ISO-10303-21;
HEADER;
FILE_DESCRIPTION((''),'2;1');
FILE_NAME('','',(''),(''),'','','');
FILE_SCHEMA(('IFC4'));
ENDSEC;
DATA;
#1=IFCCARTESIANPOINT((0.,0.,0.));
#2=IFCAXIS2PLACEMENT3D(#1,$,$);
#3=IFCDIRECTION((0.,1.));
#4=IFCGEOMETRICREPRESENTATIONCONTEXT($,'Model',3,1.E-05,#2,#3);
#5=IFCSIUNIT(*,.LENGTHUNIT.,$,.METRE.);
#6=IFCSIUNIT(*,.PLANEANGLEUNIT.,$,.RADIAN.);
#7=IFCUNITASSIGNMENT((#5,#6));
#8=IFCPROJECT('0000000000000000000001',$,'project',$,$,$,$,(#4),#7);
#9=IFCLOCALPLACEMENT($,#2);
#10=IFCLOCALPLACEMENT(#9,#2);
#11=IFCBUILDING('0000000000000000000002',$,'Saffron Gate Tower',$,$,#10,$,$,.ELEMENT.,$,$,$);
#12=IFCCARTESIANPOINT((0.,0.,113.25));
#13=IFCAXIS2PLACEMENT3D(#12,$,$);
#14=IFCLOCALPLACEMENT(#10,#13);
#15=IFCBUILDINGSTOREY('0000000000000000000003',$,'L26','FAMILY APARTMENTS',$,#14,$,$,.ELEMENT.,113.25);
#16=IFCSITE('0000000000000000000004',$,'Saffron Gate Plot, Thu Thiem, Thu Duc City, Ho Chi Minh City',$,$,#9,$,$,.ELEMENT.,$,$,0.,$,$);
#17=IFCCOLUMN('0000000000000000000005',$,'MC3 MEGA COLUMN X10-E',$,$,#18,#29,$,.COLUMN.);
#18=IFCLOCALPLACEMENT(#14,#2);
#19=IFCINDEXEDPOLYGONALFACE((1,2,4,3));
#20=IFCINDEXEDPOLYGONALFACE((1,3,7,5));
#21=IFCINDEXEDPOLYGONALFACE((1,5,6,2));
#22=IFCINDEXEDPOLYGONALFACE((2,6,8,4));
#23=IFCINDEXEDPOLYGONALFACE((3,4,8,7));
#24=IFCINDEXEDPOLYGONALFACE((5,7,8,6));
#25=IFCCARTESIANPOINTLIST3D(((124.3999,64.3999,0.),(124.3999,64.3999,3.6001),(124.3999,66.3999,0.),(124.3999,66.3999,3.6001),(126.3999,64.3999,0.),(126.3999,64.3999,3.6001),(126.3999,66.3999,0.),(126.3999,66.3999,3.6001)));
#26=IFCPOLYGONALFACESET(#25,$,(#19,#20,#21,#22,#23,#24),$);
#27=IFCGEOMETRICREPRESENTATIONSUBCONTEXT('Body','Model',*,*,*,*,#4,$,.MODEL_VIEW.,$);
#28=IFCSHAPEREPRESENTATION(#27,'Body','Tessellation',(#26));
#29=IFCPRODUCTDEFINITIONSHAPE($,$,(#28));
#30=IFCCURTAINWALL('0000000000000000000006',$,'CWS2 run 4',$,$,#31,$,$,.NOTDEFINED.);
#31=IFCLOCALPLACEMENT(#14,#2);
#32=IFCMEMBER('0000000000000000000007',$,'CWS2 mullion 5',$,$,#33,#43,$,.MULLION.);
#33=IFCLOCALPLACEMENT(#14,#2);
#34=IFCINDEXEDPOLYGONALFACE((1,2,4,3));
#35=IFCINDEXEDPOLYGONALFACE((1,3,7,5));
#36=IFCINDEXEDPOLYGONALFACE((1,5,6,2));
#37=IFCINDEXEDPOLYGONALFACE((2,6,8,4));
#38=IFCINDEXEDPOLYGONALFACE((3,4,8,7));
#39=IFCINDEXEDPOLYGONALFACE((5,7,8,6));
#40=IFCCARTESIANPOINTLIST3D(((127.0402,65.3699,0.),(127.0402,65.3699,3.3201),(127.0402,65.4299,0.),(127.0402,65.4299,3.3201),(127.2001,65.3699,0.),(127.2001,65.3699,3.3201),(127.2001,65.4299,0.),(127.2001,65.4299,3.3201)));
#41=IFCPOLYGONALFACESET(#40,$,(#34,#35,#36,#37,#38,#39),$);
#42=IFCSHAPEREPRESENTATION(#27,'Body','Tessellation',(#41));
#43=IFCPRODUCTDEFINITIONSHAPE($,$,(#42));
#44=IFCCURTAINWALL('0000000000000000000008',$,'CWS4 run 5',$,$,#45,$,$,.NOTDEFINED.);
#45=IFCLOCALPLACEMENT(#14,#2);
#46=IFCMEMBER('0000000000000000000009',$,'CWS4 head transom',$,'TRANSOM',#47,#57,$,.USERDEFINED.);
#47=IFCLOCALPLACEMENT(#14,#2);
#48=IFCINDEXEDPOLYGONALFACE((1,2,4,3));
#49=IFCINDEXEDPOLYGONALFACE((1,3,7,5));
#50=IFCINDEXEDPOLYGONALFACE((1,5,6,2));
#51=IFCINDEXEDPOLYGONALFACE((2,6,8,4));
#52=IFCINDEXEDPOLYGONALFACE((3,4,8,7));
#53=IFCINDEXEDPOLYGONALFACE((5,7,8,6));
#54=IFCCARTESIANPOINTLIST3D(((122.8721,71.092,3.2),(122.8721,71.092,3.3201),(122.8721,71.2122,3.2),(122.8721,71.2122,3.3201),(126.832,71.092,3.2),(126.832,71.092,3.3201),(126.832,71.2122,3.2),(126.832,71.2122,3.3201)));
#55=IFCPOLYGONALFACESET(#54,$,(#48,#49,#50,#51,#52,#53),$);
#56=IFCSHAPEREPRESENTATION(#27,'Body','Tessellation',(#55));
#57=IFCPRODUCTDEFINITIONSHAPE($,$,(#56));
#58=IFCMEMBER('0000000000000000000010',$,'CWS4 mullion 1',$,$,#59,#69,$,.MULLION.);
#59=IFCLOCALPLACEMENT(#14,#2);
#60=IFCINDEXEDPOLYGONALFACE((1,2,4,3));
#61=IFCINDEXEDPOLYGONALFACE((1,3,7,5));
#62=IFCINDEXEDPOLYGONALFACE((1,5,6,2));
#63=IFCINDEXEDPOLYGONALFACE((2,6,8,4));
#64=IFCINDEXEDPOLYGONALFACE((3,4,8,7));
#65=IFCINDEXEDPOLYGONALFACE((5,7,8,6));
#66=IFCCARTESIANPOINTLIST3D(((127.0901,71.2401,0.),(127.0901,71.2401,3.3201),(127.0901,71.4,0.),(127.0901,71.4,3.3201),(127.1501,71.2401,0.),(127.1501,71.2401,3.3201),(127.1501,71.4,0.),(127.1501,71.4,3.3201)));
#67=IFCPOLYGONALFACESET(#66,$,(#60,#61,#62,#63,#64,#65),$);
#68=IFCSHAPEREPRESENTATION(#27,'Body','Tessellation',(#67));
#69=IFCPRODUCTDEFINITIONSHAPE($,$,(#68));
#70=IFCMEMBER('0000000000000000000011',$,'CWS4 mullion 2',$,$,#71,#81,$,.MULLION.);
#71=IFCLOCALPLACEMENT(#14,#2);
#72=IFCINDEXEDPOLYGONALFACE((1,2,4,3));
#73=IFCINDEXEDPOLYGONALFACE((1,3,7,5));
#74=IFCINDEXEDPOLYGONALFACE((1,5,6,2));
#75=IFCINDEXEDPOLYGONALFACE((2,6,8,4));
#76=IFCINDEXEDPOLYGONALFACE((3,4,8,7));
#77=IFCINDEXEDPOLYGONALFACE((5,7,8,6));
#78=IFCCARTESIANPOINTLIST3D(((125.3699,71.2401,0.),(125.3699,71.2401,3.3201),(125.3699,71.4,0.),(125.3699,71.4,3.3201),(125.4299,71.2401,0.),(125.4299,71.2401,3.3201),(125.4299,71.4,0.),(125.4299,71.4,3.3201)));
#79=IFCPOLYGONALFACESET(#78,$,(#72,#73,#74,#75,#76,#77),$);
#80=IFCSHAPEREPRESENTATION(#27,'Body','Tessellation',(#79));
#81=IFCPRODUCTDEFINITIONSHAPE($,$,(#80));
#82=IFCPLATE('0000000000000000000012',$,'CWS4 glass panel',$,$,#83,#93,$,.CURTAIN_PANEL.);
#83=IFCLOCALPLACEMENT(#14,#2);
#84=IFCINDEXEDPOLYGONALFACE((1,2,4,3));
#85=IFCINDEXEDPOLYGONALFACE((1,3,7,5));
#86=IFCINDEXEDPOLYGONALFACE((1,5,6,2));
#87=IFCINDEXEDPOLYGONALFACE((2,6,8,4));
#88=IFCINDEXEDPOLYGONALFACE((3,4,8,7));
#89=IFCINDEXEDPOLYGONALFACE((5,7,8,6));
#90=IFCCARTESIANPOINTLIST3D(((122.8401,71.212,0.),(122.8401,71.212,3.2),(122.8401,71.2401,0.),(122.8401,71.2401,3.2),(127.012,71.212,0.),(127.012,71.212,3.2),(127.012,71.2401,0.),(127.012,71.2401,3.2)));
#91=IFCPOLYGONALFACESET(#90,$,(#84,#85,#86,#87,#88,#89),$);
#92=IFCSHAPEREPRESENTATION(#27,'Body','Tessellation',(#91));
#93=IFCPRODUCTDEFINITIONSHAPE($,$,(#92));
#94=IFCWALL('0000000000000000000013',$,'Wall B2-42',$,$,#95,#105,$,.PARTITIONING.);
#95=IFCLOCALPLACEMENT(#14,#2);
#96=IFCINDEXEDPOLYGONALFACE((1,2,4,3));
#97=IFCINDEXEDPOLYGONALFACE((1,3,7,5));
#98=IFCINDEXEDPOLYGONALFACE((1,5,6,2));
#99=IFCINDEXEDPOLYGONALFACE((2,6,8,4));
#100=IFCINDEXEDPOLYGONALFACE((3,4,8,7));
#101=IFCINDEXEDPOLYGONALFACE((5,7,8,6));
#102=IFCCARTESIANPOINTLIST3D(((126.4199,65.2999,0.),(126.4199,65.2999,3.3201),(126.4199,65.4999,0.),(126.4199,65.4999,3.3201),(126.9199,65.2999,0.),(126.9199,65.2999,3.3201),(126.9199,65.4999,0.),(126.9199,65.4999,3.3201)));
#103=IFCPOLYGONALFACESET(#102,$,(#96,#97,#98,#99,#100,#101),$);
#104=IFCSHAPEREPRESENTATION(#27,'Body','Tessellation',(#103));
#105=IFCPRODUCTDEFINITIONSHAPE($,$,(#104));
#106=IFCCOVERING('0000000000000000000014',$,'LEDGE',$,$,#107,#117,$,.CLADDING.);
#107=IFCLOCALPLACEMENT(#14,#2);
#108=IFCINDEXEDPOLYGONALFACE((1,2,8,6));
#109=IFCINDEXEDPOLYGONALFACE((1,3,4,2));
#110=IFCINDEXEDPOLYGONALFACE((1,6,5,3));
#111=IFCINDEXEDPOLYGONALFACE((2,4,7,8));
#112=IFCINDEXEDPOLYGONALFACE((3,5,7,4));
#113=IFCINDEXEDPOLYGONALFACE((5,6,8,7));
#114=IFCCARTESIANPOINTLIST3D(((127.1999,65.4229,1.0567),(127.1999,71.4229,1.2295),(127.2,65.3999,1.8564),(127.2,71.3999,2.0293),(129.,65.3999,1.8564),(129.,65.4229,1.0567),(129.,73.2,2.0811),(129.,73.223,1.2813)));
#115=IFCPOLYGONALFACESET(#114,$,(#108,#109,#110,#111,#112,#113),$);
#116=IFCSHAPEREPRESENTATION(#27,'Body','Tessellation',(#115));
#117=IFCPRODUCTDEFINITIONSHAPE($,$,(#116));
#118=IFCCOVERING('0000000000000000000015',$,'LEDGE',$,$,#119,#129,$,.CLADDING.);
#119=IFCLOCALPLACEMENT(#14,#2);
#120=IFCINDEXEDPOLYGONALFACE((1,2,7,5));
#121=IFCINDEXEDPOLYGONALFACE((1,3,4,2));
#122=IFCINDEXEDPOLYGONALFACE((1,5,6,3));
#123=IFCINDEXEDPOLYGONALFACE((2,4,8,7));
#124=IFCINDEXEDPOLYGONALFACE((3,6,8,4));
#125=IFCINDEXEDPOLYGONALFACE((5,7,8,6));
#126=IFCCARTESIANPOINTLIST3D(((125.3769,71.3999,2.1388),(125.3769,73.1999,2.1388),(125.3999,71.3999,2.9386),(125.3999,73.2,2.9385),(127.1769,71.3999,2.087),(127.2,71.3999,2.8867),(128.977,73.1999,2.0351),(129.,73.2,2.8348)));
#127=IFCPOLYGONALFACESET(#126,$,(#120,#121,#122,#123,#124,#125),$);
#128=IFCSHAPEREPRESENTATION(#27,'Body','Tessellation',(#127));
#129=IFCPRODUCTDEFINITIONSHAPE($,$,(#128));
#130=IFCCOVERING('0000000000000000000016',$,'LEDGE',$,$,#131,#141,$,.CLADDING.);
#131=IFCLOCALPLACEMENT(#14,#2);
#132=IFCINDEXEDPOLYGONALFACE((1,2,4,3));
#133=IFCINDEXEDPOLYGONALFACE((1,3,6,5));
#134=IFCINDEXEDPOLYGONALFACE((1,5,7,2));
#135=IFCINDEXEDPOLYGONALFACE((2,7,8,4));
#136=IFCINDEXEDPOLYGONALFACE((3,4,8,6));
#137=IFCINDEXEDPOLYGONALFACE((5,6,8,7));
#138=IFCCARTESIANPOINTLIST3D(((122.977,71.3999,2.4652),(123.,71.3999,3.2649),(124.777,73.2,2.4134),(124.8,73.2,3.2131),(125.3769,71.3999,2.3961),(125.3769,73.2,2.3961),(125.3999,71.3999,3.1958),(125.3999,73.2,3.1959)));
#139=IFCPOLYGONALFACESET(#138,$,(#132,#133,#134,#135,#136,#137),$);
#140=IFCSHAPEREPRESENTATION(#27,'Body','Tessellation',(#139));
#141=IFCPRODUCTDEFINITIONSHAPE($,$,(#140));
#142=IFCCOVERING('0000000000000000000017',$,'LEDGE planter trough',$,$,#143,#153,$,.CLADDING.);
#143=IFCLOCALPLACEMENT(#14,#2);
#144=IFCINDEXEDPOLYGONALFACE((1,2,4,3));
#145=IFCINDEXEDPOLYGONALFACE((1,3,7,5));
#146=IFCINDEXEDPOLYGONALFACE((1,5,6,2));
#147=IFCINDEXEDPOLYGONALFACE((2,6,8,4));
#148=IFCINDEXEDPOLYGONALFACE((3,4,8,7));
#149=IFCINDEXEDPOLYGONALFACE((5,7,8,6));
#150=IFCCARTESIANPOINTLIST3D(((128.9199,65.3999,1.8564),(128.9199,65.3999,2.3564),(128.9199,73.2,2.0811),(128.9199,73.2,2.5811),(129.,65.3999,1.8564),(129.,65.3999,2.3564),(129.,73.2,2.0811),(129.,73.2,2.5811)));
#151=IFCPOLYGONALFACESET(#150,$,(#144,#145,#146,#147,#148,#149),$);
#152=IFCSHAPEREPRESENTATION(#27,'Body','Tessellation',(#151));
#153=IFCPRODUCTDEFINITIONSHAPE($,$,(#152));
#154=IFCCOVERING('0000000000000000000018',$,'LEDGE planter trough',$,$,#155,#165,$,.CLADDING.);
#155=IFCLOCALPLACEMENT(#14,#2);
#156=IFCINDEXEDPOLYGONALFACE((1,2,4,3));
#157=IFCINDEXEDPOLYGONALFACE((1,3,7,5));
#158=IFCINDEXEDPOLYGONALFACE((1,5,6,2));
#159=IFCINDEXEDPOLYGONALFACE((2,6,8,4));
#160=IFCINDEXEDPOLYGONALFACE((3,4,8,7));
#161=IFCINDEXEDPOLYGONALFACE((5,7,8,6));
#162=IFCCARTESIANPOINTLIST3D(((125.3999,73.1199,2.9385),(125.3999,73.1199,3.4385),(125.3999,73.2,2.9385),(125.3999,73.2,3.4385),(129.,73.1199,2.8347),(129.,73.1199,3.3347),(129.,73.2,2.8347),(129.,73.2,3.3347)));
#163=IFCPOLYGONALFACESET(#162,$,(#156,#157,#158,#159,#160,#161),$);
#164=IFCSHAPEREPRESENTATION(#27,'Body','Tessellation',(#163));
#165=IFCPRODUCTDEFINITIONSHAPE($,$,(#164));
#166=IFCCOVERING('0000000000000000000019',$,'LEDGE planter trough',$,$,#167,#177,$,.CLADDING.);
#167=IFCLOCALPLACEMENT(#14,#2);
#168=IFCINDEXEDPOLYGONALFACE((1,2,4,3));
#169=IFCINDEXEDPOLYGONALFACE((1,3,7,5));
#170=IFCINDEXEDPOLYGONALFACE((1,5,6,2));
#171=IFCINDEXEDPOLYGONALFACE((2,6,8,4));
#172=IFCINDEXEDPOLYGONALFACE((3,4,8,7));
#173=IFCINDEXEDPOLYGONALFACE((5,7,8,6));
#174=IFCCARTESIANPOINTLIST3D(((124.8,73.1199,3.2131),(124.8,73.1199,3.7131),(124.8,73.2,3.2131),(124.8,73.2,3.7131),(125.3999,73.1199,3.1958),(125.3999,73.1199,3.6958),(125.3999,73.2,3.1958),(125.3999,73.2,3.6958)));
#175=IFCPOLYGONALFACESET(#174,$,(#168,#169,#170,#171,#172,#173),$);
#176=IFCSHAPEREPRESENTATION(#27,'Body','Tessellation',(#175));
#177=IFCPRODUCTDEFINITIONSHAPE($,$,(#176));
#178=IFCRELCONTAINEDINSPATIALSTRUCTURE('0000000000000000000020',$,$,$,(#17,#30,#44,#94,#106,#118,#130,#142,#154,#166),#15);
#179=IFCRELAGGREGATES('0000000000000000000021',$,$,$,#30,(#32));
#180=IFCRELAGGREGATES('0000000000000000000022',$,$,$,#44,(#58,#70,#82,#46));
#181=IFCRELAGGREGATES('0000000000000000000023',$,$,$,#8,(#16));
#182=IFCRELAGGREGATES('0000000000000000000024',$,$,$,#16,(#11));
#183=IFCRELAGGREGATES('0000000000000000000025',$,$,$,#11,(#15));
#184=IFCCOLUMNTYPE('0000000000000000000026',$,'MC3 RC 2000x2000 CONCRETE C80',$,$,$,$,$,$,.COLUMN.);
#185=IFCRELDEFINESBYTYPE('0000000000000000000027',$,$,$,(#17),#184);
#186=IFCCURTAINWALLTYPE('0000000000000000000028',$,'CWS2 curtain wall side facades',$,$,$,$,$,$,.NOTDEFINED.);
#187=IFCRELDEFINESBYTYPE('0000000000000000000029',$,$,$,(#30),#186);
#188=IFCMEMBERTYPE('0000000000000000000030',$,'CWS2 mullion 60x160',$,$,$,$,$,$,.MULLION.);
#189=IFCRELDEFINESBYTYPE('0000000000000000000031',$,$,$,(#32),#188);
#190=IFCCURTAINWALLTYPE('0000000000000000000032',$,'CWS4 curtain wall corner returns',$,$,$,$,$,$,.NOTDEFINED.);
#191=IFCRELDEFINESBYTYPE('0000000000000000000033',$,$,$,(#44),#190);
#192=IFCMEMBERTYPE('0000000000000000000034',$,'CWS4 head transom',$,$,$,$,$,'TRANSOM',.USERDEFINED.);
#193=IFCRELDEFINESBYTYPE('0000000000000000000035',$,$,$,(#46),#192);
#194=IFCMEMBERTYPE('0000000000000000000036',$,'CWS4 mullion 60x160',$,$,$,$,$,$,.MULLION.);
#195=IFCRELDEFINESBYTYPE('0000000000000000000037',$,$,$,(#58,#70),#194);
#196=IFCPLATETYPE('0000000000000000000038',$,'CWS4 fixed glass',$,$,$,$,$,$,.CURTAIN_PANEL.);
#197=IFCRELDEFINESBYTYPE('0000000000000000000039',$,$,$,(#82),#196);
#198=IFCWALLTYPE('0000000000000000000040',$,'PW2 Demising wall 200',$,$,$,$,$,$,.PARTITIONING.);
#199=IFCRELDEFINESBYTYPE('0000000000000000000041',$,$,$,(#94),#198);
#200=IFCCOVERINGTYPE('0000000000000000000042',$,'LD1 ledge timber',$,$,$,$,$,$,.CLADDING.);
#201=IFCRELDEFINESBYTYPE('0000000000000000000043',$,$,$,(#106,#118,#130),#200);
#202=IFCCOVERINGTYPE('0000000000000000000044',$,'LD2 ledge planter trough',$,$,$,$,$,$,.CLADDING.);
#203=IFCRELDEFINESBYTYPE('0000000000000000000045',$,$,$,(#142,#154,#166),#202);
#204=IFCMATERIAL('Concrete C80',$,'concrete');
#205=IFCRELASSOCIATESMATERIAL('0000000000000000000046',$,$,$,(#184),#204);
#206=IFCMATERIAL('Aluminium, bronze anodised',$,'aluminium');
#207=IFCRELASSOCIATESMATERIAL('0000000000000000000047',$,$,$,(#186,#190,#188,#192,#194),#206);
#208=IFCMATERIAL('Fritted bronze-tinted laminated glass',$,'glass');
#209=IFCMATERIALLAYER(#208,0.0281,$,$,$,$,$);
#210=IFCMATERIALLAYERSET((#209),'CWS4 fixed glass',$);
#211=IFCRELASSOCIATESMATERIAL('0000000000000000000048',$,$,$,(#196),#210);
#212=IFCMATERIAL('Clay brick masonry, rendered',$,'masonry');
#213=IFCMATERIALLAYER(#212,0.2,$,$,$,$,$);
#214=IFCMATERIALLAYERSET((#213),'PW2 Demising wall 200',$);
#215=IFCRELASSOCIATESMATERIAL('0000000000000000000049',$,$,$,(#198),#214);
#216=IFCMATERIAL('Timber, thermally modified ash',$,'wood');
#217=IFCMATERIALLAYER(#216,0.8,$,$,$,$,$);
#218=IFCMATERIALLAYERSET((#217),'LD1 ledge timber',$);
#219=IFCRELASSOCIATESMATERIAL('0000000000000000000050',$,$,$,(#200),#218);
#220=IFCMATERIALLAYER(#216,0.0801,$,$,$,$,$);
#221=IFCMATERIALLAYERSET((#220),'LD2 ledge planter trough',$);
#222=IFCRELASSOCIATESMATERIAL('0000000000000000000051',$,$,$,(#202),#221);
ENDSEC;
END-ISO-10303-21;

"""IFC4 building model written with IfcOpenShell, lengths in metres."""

from ifc_helpers import new_model, si_unit, direction, frame, frame_2d, origin, origin_2d, place, context, subcontext, project, spatial, polyline, rectangle, outline, extrude, material, layer, layer_set, material_profile, profile_set, type_object, element, aggregate, save


model = new_model("IFC4")

# Units and contexts
model_context = context("Model", 3, precision=1e-05, world=origin(), true_north=direction((0.0, 1.0)))
body_context = subcontext(model_context, "Body", "Model", "MODEL_VIEW")
ifc_project = project(units=[si_unit("LENGTHUNIT", "METRE"), si_unit("PLANEANGLEUNIT", "RADIAN")], contexts=[model_context])

# Site, building, storey
site_placement = place(None, origin())
site = spatial("IfcSite", under=ifc_project, at=site_placement, Name="Saffron Gate Plot, Thu Thiem, Thu Duc City, Ho Chi Minh City", CompositionType="ELEMENT", RefElevation=0.0)
building_placement = place(site_placement, origin())
building = spatial("IfcBuilding", under=site, at=building_placement, Name="Saffron Gate Tower", CompositionType="ELEMENT")
storey_placement = place(building_placement, frame((0.0, 0.0, 113.25)))
storey = spatial("IfcBuildingStorey", under=building, at=storey_placement, Name="L26", Description="FAMILY APARTMENTS", CompositionType="ELEMENT", Elevation=113.25)

# Column
ifc_material_1 = material(Name="Concrete C80", Category="concrete")
ifc_material_profile_1 = material_profile(ifc_material_1, rectangle(XDim=2.0, YDim=2.0, at=origin_2d()))
ifc_profile_set_1 = profile_set([ifc_material_profile_1], Name="Concrete C80")
column_type = type_object("IfcColumnType", Name="MC3 RC 2000x2000 CONCRETE C80", PredefinedType="COLUMN", material=ifc_profile_set_1)
column_placement = place(storey_placement, frame((125.3999, 65.3999, 0.0), z_axis=(0.0, 0.0, 1.0), x_axis=(1.0, 0.0, 0.0)))
element("IfcColumn", 1, at=column_placement, inside=storey, type_object=column_type, Name="MC3 MEGA COLUMN X10-E", PredefinedType="COLUMN", context=body_context, shape_type="SweptSolid", body=[
    extrude(rectangle(XDim=2.0, YDim=2.0, at=origin_2d()), origin(), (0.0, 0.0, 1.0), 3.6001),
])

# Curtain wall, member
ifc_material_2 = material(Name="Aluminium, bronze anodised", Category="aluminium")
curtain_wall_type_1 = type_object("IfcCurtainWallType", Name="CWS2 curtain wall side facades", PredefinedType="NOTDEFINED", material=ifc_material_2)
curtain_wall_1_placement = place(storey_placement, origin())
curtain_wall_1 = element("IfcCurtainWall", 2, at=curtain_wall_1_placement, inside=storey, type_object=curtain_wall_type_1, Name="CWS2 run 4", PredefinedType="NOTDEFINED")
ifc_material_profile_2 = material_profile(ifc_material_2, rectangle(XDim=0.1599, YDim=0.0601, at=origin_2d()))
ifc_profile_set_2 = profile_set([ifc_material_profile_2], Name="Aluminium, bronze anodised")
member_type_1 = type_object("IfcMemberType", Name="CWS2 mullion 60x160", PredefinedType="MULLION", material=ifc_profile_set_2)
member_1_placement = place(storey_placement, frame((127.1201, 65.3999, 0.0), z_axis=(0.0, 0.0, 1.0), x_axis=(-1.0, 0.0, 0.0)))
member_1 = element("IfcMember", 3, at=member_1_placement, type_object=member_type_1, Name="CWS2 mullion 5", PredefinedType="MULLION", context=body_context, shape_type="SweptSolid", body=[
    extrude(rectangle(XDim=0.1599, YDim=0.0601, at=origin_2d()), origin(), (0.0, 0.0, 1.0), 3.3201),
])
aggregate(curtain_wall_1, [member_1])

# Curtain wall, members, plate
curtain_wall_type_2 = type_object("IfcCurtainWallType", Name="CWS4 curtain wall corner returns", PredefinedType="NOTDEFINED", material=ifc_material_2)
curtain_wall_2_placement = place(storey_placement, origin())
curtain_wall_2 = element("IfcCurtainWall", 4, at=curtain_wall_2_placement, inside=storey, type_object=curtain_wall_type_2, Name="CWS4 run 5", PredefinedType="NOTDEFINED")
ifc_material_profile_3 = material_profile(ifc_material_2, rectangle(XDim=0.1201, YDim=0.1201, at=origin_2d()))
ifc_profile_set_3 = profile_set([ifc_material_profile_3], Name="Aluminium, bronze anodised")
member_type_2 = type_object("IfcMemberType", Name="CWS4 head transom", ElementType="TRANSOM", PredefinedType="USERDEFINED", material=ifc_profile_set_3)
member_2_placement = place(storey_placement, frame((126.832, 71.1521, 3.26), z_axis=(-1.0, 0.0, 0.0), x_axis=(0.0, -1.0, 0.0)))
member_2 = element("IfcMember", 5, at=member_2_placement, type_object=member_type_2, Name="CWS4 head transom", ObjectType="TRANSOM", PredefinedType="USERDEFINED", context=body_context, shape_type="SweptSolid", body=[
    extrude(rectangle(XDim=0.1201, YDim=0.1201, at=origin_2d()), origin(), (0.0, 0.0, 1.0), 3.96),
])
ifc_material_profile_4 = material_profile(ifc_material_2, rectangle(XDim=0.1599, YDim=0.0601, at=origin_2d()))
ifc_profile_set_4 = profile_set([ifc_material_profile_4], Name="Aluminium, bronze anodised")
member_type_3 = type_object("IfcMemberType", Name="CWS4 mullion 60x160", PredefinedType="MULLION", material=ifc_profile_set_4)
member_3_placement = place(storey_placement, frame((127.1201, 71.3201, 0.0), z_axis=(0.0, 0.0, 1.0), x_axis=(0.0, -1.0, 0.0)))
member_3 = element("IfcMember", 6, at=member_3_placement, type_object=member_type_3, Name="CWS4 mullion 1", PredefinedType="MULLION", context=body_context, shape_type="SweptSolid", body=[
    extrude(rectangle(XDim=0.1599, YDim=0.0601, at=origin_2d()), origin(), (0.0, 0.0, 1.0), 3.3201),
])
member_4_placement = place(storey_placement, frame((125.3999, 71.3201, 0.0), z_axis=(0.0, 0.0, 1.0), x_axis=(0.0, -1.0, 0.0)))
member_4 = element("IfcMember", 7, at=member_4_placement, type_object=member_type_3, Name="CWS4 mullion 2", PredefinedType="MULLION", context=body_context, shape_type="SweptSolid", body=[
    extrude(rectangle(XDim=0.1599, YDim=0.0601, at=origin_2d()), origin(), (0.0, 0.0, 1.0), 3.3201),
])
ifc_material_3 = material(Name="Fritted bronze-tinted laminated glass", Category="glass")
ifc_layer_1 = layer(ifc_material_3, 0.0281)
ifc_layer_set_1 = layer_set([ifc_layer_1], Name="CWS4 fixed glass")
plate_type = type_object("IfcPlateType", Name="CWS4 fixed glass", PredefinedType="CURTAIN_PANEL", material=ifc_layer_set_1)
plate_placement = place(storey_placement, frame((127.012, 71.2261, 0.0), z_axis=(0.0, 0.0, 1.0), x_axis=(-1.0, 0.0, 0.0)))
plate = element("IfcPlate", 8, at=plate_placement, type_object=plate_type, Name="CWS4 glass panel", PredefinedType="CURTAIN_PANEL", context=body_context, shape_type="SweptSolid", body=[
    extrude(rectangle(XDim=4.1719, YDim=0.0281, at=frame_2d((2.0859, 0.0))), origin(), (0.0, 0.0, 1.0), 3.2),
])
aggregate(curtain_wall_2, [member_3, member_4, plate, member_2])

# Wall
ifc_material_4 = material(Name="Clay brick masonry, rendered", Category="masonry")
ifc_layer_2 = layer(ifc_material_4, 0.2)
ifc_layer_set_2 = layer_set([ifc_layer_2], Name="PW2 Demising wall 200")
wall_type = type_object("IfcWallType", Name="PW2 Demising wall 200", PredefinedType="PARTITIONING", material=ifc_layer_set_2)
wall_placement = place(storey_placement, frame((126.4199, 65.3999, 0.0), z_axis=(0.0, 0.0, 1.0), x_axis=(1.0, 0.0, 0.0)))
element("IfcWall", 9, at=wall_placement, inside=storey, type_object=wall_type, Name="Wall B2-42", PredefinedType="PARTITIONING", context=body_context, shape_type="SweptSolid", body=[
    extrude(rectangle(XDim=0.5, YDim=0.2, at=frame_2d((0.25, 0.0))), origin(), (0.0, 0.0, 1.0), 3.3201),
])

# Coverings
ifc_material_5 = material(Name="Timber, thermally modified ash", Category="wood")
ifc_layer_3 = layer(ifc_material_5, 0.8)
ifc_layer_set_3 = layer_set([ifc_layer_3], Name="LD1 ledge timber")
covering_type_1 = type_object("IfcCoveringType", Name="LD1 ledge timber", PredefinedType="CLADDING", material=ifc_layer_set_3)
covering_1_placement = place(storey_placement, frame((127.2, 65.3999, 1.8564), z_axis=(0.000024, -0.028789, 0.999585), x_axis=(0.0, 0.999585, 0.028789)))
element("IfcCovering", 10, at=covering_1_placement, inside=storey, type_object=covering_type_1, Name="LEDGE", PredefinedType="CLADDING", context=body_context, shape_type="SweptSolid", body=[
    extrude(outline(polyline([(0.0, 0.0), (6.0025, 0.0), (7.8033, -1.8), (0.0, -1.8), (0.0, 0.0)])), origin(), (0.0, 0.0, -1.0), 0.8),
])
covering_2_placement = place(storey_placement, frame((127.2, 71.3999, 2.8867), z_axis=(0.028787, 0.000045, 0.999586), x_axis=(-0.999586, 0.0, 0.028787)))
element("IfcCovering", 11, at=covering_2_placement, inside=storey, type_object=covering_type_1, Name="LEDGE", PredefinedType="CLADDING", context=body_context, shape_type="SweptSolid", body=[
    extrude(outline(polyline([(0.0, 0.0), (1.8008, 0.0), (1.8008, -1.8), (-1.8008, -1.8), (0.0, 0.0)])), origin(), (0.0, 0.0, -1.0), 0.8),
])
covering_3_placement = place(storey_placement, frame((125.3999, 71.3999, 3.1958), z_axis=(0.028799, -0.000029, 0.999585), x_axis=(-0.999585, 0.0, 0.028799)))
element("IfcCovering", 12, at=covering_3_placement, inside=storey, type_object=covering_type_1, Name="LEDGE", PredefinedType="CLADDING", context=body_context, shape_type="SweptSolid", body=[
    extrude(outline(polyline([(0.0, 0.0), (2.4009, 0.0), (0.6001, -1.8), (0.0, -1.8), (0.0, 0.0)])), origin(), (0.0, 0.0, -1.0), 0.8),
])
ifc_layer_4 = layer(ifc_material_5, 0.0801)
ifc_layer_set_4 = layer_set([ifc_layer_4], Name="LD2 ledge planter trough")
covering_type_2 = type_object("IfcCoveringType", Name="LD2 ledge planter trough", PredefinedType="CLADDING", material=ifc_layer_set_4)
covering_4_placement = place(storey_placement, frame((129.0, 65.3999, 1.8564), z_axis=(1.0, 0.0, 0.0), x_axis=(0.0, 0.999586, 0.028784)))
element("IfcCovering", 13, at=covering_4_placement, inside=storey, type_object=covering_type_2, Name="LEDGE planter trough", PredefinedType="CLADDING", context=body_context, shape_type="SweptSolid", body=[
    extrude(outline(polyline([(0.0, 0.0), (7.8033, 0.0), (7.8177, 0.4998), (0.0144, 0.4998), (0.0, 0.0)])), origin(), (0.0, 0.0, -1.0), 0.0801),
])
covering_5_placement = place(storey_placement, frame((129.0, 73.2, 2.8347), z_axis=(0.0, 1.0, 0.0), x_axis=(-0.999585, 0.0, 0.028809)))
element("IfcCovering", 14, at=covering_5_placement, inside=storey, type_object=covering_type_2, Name="LEDGE planter trough", PredefinedType="CLADDING", context=body_context, shape_type="SweptSolid", body=[
    extrude(outline(polyline([(0.0, 0.0), (3.6016, 0.0), (3.616, 0.4998), (0.0144, 0.4998), (0.0, 0.0)])), origin(), (0.0, 0.0, -1.0), 0.0801),
])
covering_6_placement = place(storey_placement, frame((125.3999, 73.2, 3.1958), z_axis=(0.0, 1.0, 0.0), x_axis=(-0.999583, 0.0, 0.028885)))
element("IfcCovering", 15, at=covering_6_placement, inside=storey, type_object=covering_type_2, Name="LEDGE planter trough", PredefinedType="CLADDING", context=body_context, shape_type="SweptSolid", body=[
    extrude(outline(polyline([(0.0, 0.0), (0.6001, 0.0), (0.6145, 0.4998), (0.0144, 0.4998), (0.0, 0.0)])), origin(), (0.0, 0.0, -1.0), 0.0801),
])

save(model, "model.ifc")
